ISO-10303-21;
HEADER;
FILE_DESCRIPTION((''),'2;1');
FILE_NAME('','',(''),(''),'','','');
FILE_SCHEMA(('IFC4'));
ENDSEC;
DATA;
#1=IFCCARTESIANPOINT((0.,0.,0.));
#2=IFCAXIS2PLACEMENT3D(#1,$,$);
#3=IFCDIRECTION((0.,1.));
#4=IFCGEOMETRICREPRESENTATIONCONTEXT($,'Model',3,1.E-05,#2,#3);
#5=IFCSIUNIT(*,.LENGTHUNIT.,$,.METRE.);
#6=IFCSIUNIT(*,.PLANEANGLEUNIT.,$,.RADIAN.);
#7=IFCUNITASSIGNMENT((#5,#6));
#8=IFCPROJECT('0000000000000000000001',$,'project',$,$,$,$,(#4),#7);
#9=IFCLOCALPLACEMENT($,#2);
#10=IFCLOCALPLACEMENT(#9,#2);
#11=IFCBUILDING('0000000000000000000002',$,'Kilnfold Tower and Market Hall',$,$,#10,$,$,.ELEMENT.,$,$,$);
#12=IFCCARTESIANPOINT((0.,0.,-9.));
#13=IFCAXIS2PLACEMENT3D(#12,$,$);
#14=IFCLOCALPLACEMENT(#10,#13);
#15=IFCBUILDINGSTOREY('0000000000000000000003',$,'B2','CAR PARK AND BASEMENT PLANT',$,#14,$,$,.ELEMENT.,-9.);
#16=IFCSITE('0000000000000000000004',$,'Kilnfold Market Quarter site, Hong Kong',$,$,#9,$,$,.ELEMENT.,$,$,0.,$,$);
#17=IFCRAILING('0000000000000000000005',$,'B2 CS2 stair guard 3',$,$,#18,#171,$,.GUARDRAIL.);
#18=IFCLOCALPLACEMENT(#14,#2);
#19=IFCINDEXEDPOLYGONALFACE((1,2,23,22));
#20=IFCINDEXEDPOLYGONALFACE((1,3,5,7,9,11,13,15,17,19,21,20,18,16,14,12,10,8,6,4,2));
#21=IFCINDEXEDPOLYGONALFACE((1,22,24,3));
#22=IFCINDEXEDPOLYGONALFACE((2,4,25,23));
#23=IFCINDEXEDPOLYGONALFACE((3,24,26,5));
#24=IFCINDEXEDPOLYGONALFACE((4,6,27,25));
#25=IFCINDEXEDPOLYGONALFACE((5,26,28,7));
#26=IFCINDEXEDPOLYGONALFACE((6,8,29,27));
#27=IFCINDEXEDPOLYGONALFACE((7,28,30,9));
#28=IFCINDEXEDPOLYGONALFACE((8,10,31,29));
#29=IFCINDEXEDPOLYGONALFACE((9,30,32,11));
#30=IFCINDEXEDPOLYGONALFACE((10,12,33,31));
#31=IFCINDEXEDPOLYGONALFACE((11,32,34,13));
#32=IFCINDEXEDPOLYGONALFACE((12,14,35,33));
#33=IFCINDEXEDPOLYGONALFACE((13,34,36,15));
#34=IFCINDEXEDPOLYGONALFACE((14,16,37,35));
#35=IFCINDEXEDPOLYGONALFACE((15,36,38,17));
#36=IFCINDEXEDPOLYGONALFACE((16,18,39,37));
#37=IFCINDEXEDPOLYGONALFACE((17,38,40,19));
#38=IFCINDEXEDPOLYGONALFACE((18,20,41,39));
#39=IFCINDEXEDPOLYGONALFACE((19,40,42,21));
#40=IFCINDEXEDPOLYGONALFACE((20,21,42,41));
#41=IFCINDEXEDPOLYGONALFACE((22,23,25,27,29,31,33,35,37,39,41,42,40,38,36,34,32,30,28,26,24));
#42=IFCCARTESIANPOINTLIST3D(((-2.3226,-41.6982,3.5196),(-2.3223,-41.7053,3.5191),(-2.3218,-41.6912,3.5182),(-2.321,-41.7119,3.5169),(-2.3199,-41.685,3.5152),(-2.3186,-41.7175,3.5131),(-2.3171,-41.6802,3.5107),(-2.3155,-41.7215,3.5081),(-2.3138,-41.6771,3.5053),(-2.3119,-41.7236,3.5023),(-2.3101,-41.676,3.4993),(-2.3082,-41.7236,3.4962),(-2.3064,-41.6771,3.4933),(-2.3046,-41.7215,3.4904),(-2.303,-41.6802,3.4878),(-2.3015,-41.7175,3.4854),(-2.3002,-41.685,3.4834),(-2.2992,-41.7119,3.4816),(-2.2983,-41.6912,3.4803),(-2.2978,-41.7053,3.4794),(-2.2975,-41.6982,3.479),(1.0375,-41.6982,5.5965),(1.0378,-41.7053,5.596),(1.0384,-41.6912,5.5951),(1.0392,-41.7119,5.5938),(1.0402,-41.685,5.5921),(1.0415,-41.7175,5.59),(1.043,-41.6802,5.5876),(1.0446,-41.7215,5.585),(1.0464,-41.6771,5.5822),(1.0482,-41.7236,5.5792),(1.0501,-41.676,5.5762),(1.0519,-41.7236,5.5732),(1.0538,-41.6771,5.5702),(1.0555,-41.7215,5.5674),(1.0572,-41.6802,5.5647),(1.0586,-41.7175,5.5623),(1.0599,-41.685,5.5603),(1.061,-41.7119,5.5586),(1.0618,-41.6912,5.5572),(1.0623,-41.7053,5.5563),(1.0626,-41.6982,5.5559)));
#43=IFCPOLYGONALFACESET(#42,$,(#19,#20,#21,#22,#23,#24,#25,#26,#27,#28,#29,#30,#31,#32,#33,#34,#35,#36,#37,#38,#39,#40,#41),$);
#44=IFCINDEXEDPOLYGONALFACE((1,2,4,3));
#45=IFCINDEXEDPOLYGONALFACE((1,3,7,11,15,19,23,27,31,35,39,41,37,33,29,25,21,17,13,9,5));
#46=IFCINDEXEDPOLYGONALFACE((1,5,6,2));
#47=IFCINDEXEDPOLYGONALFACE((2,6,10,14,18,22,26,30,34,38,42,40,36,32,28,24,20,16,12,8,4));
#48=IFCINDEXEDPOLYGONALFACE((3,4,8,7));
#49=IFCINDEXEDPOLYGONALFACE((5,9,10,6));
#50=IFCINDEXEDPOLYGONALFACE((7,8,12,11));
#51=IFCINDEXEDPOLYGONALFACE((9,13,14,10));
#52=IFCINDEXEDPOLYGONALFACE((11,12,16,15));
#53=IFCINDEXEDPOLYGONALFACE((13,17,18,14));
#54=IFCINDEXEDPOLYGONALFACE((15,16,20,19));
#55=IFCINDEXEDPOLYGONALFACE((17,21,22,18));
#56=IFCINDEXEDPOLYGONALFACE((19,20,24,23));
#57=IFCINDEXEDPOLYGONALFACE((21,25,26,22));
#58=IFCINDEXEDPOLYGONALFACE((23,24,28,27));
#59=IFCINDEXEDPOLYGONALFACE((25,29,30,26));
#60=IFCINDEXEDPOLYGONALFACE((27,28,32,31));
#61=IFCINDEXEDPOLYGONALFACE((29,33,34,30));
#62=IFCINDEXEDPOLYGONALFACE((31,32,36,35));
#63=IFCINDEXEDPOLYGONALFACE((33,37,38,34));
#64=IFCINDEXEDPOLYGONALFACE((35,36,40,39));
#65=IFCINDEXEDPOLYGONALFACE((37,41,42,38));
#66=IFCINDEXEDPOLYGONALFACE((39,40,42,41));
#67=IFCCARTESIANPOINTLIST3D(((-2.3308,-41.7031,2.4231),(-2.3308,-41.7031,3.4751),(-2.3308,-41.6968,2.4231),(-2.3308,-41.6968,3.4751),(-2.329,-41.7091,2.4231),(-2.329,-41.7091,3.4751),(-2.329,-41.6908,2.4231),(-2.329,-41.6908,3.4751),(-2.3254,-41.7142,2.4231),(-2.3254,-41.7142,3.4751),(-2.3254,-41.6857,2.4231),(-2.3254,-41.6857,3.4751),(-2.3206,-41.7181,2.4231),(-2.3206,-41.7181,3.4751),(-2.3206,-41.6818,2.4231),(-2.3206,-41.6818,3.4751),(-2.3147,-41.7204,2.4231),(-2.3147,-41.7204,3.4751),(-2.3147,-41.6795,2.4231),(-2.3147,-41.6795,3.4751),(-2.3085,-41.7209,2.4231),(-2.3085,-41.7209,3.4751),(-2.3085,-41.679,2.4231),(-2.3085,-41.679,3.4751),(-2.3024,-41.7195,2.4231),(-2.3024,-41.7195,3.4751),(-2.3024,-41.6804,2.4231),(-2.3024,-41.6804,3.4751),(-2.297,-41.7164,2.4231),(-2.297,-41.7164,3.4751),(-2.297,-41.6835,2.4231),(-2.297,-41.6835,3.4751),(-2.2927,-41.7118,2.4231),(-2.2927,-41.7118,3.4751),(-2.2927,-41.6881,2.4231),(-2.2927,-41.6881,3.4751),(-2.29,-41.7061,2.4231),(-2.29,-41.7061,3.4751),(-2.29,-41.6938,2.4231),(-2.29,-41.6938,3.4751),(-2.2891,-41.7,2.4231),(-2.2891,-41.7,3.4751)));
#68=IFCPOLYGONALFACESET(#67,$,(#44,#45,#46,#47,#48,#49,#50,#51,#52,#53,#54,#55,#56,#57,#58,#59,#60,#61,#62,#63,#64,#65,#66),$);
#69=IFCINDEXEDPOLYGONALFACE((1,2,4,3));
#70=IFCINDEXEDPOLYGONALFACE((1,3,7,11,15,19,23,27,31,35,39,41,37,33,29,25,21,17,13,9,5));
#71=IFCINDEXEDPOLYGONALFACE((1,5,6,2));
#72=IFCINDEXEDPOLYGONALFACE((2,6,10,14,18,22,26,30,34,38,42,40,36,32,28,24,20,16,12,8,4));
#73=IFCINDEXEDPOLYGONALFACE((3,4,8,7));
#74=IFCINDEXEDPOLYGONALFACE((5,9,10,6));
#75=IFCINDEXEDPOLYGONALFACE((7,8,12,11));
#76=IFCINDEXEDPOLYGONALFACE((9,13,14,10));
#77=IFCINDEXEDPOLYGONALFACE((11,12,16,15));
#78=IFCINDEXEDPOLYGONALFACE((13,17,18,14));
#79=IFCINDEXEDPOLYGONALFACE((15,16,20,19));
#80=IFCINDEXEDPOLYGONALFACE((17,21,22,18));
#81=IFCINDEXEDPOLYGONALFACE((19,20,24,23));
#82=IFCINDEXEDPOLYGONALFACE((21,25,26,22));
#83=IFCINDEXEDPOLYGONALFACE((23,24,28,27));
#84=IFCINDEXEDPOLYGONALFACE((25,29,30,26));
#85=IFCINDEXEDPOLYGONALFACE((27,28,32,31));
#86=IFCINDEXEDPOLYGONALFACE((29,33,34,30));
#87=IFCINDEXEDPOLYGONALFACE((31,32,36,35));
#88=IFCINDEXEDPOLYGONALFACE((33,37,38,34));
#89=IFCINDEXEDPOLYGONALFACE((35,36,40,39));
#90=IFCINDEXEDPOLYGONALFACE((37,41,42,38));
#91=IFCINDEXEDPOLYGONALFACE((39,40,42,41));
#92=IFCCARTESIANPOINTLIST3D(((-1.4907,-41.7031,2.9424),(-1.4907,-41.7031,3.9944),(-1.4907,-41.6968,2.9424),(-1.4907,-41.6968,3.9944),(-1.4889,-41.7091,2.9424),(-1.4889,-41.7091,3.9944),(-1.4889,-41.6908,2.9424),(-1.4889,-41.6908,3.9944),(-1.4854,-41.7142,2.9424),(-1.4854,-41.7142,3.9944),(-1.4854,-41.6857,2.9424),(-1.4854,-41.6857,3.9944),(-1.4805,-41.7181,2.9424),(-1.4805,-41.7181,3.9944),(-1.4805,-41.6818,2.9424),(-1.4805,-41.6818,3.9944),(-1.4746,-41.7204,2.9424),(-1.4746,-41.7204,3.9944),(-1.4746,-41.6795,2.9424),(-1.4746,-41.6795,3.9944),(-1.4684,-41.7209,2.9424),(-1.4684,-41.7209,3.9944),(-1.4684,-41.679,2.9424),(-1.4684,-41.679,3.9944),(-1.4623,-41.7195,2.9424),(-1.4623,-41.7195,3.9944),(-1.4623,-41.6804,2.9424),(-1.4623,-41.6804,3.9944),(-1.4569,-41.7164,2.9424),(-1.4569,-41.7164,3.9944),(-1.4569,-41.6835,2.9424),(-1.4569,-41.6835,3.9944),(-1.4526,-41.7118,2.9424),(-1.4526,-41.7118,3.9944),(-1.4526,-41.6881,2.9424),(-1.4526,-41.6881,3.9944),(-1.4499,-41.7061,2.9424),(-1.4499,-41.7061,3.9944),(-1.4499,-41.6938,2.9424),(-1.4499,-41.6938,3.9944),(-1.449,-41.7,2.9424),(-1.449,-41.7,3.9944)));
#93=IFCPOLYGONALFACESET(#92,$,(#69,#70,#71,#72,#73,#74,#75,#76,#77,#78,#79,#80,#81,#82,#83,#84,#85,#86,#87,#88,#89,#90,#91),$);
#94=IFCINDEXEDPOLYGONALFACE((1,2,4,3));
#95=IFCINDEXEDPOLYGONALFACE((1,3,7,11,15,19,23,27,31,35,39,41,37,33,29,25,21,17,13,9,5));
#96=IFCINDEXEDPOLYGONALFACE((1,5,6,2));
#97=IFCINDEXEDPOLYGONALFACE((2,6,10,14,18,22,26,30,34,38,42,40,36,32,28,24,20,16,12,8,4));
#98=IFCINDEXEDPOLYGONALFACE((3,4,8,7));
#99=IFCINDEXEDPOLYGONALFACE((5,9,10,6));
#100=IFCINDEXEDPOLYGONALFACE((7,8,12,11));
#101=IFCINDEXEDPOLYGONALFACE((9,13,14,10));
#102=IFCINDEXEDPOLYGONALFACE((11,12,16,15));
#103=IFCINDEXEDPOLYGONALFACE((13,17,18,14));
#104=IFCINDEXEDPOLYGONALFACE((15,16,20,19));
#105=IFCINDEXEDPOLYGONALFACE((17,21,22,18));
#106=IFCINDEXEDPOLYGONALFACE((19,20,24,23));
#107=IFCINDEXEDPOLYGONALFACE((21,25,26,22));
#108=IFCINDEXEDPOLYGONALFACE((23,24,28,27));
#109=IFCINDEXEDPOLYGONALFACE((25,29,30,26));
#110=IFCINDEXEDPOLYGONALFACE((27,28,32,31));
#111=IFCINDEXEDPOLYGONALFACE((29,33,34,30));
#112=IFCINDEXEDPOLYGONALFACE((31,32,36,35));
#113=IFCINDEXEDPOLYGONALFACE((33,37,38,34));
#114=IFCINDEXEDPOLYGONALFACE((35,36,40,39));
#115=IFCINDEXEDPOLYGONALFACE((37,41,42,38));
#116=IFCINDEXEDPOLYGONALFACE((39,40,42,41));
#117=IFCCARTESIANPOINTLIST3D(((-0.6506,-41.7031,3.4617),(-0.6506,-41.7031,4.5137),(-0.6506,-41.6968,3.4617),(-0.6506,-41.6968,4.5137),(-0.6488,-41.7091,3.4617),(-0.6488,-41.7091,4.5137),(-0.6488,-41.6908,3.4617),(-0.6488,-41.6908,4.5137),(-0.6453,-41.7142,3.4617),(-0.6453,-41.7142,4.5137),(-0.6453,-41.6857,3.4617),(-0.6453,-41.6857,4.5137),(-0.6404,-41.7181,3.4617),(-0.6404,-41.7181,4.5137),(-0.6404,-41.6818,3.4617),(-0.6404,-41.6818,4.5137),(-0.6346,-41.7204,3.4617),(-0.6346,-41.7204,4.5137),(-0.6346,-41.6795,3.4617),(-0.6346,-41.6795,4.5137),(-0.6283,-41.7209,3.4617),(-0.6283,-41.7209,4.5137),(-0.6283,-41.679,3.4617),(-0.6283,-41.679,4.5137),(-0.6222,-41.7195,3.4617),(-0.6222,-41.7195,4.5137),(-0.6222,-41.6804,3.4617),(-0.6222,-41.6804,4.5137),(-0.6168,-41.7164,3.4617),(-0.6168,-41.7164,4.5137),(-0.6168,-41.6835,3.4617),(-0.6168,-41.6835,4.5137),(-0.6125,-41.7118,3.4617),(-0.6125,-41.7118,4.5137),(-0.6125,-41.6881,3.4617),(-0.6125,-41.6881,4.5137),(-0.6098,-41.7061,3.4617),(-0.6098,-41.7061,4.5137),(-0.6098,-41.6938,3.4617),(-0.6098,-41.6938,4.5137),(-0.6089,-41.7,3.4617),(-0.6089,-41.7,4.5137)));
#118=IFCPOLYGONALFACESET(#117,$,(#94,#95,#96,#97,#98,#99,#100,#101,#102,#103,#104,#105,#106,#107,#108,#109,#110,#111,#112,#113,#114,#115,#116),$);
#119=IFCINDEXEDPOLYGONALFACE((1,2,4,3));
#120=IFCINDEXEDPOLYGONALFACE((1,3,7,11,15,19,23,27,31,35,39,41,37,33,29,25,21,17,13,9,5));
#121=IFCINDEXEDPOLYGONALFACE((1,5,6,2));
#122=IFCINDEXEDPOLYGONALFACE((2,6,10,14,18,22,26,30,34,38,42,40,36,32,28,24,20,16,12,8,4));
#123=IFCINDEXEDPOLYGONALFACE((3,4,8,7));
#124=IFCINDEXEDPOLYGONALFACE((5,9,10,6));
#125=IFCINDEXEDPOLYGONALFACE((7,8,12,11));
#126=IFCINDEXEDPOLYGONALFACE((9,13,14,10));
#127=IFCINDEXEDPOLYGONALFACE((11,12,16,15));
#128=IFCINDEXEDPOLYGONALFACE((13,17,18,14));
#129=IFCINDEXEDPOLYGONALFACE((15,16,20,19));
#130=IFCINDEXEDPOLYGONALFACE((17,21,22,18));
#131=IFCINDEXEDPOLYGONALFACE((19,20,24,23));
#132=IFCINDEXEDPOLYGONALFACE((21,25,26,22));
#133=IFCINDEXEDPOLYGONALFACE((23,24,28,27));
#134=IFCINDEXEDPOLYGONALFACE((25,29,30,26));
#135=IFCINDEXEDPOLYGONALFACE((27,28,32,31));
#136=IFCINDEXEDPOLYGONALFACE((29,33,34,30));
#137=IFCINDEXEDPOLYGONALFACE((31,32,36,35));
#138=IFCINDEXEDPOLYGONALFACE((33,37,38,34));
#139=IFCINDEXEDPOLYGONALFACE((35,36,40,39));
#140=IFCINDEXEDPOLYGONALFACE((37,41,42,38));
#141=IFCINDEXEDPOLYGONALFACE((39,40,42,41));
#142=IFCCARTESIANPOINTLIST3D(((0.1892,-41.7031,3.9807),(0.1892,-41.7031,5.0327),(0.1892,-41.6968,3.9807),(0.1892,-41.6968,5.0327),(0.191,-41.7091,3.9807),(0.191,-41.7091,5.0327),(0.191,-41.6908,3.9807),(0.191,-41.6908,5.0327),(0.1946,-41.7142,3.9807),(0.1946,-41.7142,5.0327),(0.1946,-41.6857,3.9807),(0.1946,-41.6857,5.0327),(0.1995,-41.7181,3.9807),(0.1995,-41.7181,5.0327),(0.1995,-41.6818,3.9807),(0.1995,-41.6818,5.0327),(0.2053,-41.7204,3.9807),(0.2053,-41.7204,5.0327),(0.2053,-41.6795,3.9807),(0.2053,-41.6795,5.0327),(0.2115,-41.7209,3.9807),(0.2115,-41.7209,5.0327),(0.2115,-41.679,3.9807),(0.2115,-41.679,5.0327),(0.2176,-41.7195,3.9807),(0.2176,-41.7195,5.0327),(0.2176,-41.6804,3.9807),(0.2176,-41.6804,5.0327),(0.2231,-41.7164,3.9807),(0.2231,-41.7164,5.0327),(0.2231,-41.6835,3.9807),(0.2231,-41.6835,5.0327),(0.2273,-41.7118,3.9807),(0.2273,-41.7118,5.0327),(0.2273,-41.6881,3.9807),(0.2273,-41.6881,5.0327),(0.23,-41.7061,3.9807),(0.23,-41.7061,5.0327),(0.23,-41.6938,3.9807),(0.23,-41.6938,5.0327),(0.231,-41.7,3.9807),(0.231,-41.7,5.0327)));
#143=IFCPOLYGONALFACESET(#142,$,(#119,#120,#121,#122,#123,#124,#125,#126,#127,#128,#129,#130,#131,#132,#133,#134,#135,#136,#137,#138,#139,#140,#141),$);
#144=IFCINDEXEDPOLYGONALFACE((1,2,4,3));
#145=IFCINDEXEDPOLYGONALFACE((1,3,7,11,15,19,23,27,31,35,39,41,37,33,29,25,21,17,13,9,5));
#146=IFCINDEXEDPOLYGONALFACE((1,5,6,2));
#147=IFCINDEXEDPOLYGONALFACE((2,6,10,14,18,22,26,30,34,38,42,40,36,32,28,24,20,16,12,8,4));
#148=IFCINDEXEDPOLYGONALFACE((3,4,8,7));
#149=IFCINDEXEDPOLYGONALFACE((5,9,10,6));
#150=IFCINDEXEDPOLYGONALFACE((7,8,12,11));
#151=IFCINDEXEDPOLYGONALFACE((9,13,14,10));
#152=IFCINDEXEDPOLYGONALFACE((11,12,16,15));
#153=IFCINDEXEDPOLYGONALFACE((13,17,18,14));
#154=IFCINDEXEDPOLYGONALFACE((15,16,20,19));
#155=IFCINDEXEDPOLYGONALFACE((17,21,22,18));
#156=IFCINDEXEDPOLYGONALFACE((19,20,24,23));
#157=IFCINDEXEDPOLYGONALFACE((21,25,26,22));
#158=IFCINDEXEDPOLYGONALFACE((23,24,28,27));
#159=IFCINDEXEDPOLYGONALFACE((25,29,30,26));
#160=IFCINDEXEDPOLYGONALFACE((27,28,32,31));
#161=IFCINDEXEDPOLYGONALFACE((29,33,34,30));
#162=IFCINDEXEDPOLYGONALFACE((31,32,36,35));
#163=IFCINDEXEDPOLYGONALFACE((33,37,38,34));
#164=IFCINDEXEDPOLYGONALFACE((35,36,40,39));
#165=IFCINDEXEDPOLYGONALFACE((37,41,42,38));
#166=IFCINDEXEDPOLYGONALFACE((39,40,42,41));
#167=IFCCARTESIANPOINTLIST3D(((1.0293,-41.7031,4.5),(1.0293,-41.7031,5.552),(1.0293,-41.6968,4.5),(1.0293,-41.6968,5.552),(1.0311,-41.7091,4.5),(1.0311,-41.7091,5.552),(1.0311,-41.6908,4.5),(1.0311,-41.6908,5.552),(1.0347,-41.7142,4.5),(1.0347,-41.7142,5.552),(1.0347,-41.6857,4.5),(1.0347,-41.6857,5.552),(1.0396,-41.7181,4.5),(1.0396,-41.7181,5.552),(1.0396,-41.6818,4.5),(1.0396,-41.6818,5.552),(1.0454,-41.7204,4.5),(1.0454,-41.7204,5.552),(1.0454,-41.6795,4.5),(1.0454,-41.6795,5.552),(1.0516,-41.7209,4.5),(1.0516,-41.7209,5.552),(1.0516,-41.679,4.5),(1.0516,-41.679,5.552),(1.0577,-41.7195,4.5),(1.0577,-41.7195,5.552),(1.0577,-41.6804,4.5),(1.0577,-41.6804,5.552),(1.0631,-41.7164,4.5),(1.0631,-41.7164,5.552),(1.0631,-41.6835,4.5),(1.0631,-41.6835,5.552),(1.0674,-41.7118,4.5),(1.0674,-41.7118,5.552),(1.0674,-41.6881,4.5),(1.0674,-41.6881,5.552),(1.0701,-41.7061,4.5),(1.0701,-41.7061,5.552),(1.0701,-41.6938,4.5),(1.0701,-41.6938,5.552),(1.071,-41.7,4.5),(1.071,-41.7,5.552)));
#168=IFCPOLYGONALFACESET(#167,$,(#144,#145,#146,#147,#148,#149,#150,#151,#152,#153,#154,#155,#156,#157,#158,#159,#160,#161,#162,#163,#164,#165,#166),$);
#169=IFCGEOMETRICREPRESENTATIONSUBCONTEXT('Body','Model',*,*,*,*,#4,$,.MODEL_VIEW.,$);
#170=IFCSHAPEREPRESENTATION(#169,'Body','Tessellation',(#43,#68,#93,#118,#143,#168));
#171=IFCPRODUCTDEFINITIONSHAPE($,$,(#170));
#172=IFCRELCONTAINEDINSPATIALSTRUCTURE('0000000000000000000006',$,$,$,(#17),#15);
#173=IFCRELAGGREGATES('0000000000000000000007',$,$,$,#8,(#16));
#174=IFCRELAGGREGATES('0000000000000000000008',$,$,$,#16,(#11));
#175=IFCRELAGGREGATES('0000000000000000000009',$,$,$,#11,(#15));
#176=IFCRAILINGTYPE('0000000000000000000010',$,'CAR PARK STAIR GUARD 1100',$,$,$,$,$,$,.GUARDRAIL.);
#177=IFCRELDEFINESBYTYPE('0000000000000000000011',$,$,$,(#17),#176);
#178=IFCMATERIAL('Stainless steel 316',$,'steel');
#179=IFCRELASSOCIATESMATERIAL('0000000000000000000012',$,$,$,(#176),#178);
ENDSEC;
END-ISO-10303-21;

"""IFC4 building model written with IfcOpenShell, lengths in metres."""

from ifc_helpers import new_model, si_unit, direction, frame, origin, origin_2d, place, context, subcontext, project, spatial, circle, extrude, material, type_object, element, save


model = new_model("IFC4")

# Units and contexts
model_context = context("Model", 3, precision=1e-05, world=origin(), true_north=direction((0.0, 1.0)))
body_context = subcontext(model_context, "Body", "Model", "MODEL_VIEW")
ifc_project = project(units=[si_unit("LENGTHUNIT", "METRE"), si_unit("PLANEANGLEUNIT", "RADIAN")], contexts=[model_context])

# Site, building, storey
site_placement = place(None, origin())
site = spatial("IfcSite", under=ifc_project, at=site_placement, Name="Kilnfold Market Quarter site, Hong Kong", CompositionType="ELEMENT", RefElevation=0.0)
building_placement = place(site_placement, origin())
building = spatial("IfcBuilding", under=site, at=building_placement, Name="Kilnfold Tower and Market Hall", CompositionType="ELEMENT")
storey_placement = place(building_placement, frame((0.0, 0.0, -9.0)))
storey = spatial("IfcBuildingStorey", under=building, at=storey_placement, Name="B2", Description="CAR PARK AND BASEMENT PLANT", CompositionType="ELEMENT", Elevation=-9.0)

# Railing
ifc_material_1 = material(Name="Stainless steel 316", Category="steel")
railing_type_1 = type_object("IfcRailingType", Name="CAR PARK STAIR GUARD 1100", PredefinedType="GUARDRAIL", material=ifc_material_1)
railing_1_placement = place(storey_placement, frame((-2.3101, -41.7, 2.4231)))
element("IfcRailing", 1, at=railing_1_placement, inside=storey, type_object=railing_type_1, Name="B2 CS2 stair guard 3", PredefinedType="GUARDRAIL", context=body_context, shape_type="SweptSolid", body=[
    extrude(circle(Radius=0.0239, at=origin_2d()), frame((0.0, 0.0, 1.0762), z_axis=(0.850623, 0.0, 0.525776), x_axis=(0.0, 1.0, 0.0)), (0.0, 0.0, 1.0), 3.9502),
    extrude(circle(Radius=0.021, at=origin_2d()), origin(), (0.0, 0.0, 1.0), 1.052),
    extrude(circle(Radius=0.021, at=origin_2d()), frame((0.8401, 0.0, 0.5193)), (0.0, 0.0, 1.0), 1.052),
    extrude(circle(Radius=0.021, at=origin_2d()), frame((1.6802, 0.0, 1.0386)), (0.0, 0.0, 1.0), 1.052),
    extrude(circle(Radius=0.021, at=origin_2d()), frame((2.52, 0.0, 1.5576)), (0.0, 0.0, 1.0), 1.052),
    extrude(circle(Radius=0.021, at=origin_2d()), frame((3.3601, 0.0, 2.0769)), (0.0, 0.0, 1.0), 1.052),
])

save(model, "model.ifc")
